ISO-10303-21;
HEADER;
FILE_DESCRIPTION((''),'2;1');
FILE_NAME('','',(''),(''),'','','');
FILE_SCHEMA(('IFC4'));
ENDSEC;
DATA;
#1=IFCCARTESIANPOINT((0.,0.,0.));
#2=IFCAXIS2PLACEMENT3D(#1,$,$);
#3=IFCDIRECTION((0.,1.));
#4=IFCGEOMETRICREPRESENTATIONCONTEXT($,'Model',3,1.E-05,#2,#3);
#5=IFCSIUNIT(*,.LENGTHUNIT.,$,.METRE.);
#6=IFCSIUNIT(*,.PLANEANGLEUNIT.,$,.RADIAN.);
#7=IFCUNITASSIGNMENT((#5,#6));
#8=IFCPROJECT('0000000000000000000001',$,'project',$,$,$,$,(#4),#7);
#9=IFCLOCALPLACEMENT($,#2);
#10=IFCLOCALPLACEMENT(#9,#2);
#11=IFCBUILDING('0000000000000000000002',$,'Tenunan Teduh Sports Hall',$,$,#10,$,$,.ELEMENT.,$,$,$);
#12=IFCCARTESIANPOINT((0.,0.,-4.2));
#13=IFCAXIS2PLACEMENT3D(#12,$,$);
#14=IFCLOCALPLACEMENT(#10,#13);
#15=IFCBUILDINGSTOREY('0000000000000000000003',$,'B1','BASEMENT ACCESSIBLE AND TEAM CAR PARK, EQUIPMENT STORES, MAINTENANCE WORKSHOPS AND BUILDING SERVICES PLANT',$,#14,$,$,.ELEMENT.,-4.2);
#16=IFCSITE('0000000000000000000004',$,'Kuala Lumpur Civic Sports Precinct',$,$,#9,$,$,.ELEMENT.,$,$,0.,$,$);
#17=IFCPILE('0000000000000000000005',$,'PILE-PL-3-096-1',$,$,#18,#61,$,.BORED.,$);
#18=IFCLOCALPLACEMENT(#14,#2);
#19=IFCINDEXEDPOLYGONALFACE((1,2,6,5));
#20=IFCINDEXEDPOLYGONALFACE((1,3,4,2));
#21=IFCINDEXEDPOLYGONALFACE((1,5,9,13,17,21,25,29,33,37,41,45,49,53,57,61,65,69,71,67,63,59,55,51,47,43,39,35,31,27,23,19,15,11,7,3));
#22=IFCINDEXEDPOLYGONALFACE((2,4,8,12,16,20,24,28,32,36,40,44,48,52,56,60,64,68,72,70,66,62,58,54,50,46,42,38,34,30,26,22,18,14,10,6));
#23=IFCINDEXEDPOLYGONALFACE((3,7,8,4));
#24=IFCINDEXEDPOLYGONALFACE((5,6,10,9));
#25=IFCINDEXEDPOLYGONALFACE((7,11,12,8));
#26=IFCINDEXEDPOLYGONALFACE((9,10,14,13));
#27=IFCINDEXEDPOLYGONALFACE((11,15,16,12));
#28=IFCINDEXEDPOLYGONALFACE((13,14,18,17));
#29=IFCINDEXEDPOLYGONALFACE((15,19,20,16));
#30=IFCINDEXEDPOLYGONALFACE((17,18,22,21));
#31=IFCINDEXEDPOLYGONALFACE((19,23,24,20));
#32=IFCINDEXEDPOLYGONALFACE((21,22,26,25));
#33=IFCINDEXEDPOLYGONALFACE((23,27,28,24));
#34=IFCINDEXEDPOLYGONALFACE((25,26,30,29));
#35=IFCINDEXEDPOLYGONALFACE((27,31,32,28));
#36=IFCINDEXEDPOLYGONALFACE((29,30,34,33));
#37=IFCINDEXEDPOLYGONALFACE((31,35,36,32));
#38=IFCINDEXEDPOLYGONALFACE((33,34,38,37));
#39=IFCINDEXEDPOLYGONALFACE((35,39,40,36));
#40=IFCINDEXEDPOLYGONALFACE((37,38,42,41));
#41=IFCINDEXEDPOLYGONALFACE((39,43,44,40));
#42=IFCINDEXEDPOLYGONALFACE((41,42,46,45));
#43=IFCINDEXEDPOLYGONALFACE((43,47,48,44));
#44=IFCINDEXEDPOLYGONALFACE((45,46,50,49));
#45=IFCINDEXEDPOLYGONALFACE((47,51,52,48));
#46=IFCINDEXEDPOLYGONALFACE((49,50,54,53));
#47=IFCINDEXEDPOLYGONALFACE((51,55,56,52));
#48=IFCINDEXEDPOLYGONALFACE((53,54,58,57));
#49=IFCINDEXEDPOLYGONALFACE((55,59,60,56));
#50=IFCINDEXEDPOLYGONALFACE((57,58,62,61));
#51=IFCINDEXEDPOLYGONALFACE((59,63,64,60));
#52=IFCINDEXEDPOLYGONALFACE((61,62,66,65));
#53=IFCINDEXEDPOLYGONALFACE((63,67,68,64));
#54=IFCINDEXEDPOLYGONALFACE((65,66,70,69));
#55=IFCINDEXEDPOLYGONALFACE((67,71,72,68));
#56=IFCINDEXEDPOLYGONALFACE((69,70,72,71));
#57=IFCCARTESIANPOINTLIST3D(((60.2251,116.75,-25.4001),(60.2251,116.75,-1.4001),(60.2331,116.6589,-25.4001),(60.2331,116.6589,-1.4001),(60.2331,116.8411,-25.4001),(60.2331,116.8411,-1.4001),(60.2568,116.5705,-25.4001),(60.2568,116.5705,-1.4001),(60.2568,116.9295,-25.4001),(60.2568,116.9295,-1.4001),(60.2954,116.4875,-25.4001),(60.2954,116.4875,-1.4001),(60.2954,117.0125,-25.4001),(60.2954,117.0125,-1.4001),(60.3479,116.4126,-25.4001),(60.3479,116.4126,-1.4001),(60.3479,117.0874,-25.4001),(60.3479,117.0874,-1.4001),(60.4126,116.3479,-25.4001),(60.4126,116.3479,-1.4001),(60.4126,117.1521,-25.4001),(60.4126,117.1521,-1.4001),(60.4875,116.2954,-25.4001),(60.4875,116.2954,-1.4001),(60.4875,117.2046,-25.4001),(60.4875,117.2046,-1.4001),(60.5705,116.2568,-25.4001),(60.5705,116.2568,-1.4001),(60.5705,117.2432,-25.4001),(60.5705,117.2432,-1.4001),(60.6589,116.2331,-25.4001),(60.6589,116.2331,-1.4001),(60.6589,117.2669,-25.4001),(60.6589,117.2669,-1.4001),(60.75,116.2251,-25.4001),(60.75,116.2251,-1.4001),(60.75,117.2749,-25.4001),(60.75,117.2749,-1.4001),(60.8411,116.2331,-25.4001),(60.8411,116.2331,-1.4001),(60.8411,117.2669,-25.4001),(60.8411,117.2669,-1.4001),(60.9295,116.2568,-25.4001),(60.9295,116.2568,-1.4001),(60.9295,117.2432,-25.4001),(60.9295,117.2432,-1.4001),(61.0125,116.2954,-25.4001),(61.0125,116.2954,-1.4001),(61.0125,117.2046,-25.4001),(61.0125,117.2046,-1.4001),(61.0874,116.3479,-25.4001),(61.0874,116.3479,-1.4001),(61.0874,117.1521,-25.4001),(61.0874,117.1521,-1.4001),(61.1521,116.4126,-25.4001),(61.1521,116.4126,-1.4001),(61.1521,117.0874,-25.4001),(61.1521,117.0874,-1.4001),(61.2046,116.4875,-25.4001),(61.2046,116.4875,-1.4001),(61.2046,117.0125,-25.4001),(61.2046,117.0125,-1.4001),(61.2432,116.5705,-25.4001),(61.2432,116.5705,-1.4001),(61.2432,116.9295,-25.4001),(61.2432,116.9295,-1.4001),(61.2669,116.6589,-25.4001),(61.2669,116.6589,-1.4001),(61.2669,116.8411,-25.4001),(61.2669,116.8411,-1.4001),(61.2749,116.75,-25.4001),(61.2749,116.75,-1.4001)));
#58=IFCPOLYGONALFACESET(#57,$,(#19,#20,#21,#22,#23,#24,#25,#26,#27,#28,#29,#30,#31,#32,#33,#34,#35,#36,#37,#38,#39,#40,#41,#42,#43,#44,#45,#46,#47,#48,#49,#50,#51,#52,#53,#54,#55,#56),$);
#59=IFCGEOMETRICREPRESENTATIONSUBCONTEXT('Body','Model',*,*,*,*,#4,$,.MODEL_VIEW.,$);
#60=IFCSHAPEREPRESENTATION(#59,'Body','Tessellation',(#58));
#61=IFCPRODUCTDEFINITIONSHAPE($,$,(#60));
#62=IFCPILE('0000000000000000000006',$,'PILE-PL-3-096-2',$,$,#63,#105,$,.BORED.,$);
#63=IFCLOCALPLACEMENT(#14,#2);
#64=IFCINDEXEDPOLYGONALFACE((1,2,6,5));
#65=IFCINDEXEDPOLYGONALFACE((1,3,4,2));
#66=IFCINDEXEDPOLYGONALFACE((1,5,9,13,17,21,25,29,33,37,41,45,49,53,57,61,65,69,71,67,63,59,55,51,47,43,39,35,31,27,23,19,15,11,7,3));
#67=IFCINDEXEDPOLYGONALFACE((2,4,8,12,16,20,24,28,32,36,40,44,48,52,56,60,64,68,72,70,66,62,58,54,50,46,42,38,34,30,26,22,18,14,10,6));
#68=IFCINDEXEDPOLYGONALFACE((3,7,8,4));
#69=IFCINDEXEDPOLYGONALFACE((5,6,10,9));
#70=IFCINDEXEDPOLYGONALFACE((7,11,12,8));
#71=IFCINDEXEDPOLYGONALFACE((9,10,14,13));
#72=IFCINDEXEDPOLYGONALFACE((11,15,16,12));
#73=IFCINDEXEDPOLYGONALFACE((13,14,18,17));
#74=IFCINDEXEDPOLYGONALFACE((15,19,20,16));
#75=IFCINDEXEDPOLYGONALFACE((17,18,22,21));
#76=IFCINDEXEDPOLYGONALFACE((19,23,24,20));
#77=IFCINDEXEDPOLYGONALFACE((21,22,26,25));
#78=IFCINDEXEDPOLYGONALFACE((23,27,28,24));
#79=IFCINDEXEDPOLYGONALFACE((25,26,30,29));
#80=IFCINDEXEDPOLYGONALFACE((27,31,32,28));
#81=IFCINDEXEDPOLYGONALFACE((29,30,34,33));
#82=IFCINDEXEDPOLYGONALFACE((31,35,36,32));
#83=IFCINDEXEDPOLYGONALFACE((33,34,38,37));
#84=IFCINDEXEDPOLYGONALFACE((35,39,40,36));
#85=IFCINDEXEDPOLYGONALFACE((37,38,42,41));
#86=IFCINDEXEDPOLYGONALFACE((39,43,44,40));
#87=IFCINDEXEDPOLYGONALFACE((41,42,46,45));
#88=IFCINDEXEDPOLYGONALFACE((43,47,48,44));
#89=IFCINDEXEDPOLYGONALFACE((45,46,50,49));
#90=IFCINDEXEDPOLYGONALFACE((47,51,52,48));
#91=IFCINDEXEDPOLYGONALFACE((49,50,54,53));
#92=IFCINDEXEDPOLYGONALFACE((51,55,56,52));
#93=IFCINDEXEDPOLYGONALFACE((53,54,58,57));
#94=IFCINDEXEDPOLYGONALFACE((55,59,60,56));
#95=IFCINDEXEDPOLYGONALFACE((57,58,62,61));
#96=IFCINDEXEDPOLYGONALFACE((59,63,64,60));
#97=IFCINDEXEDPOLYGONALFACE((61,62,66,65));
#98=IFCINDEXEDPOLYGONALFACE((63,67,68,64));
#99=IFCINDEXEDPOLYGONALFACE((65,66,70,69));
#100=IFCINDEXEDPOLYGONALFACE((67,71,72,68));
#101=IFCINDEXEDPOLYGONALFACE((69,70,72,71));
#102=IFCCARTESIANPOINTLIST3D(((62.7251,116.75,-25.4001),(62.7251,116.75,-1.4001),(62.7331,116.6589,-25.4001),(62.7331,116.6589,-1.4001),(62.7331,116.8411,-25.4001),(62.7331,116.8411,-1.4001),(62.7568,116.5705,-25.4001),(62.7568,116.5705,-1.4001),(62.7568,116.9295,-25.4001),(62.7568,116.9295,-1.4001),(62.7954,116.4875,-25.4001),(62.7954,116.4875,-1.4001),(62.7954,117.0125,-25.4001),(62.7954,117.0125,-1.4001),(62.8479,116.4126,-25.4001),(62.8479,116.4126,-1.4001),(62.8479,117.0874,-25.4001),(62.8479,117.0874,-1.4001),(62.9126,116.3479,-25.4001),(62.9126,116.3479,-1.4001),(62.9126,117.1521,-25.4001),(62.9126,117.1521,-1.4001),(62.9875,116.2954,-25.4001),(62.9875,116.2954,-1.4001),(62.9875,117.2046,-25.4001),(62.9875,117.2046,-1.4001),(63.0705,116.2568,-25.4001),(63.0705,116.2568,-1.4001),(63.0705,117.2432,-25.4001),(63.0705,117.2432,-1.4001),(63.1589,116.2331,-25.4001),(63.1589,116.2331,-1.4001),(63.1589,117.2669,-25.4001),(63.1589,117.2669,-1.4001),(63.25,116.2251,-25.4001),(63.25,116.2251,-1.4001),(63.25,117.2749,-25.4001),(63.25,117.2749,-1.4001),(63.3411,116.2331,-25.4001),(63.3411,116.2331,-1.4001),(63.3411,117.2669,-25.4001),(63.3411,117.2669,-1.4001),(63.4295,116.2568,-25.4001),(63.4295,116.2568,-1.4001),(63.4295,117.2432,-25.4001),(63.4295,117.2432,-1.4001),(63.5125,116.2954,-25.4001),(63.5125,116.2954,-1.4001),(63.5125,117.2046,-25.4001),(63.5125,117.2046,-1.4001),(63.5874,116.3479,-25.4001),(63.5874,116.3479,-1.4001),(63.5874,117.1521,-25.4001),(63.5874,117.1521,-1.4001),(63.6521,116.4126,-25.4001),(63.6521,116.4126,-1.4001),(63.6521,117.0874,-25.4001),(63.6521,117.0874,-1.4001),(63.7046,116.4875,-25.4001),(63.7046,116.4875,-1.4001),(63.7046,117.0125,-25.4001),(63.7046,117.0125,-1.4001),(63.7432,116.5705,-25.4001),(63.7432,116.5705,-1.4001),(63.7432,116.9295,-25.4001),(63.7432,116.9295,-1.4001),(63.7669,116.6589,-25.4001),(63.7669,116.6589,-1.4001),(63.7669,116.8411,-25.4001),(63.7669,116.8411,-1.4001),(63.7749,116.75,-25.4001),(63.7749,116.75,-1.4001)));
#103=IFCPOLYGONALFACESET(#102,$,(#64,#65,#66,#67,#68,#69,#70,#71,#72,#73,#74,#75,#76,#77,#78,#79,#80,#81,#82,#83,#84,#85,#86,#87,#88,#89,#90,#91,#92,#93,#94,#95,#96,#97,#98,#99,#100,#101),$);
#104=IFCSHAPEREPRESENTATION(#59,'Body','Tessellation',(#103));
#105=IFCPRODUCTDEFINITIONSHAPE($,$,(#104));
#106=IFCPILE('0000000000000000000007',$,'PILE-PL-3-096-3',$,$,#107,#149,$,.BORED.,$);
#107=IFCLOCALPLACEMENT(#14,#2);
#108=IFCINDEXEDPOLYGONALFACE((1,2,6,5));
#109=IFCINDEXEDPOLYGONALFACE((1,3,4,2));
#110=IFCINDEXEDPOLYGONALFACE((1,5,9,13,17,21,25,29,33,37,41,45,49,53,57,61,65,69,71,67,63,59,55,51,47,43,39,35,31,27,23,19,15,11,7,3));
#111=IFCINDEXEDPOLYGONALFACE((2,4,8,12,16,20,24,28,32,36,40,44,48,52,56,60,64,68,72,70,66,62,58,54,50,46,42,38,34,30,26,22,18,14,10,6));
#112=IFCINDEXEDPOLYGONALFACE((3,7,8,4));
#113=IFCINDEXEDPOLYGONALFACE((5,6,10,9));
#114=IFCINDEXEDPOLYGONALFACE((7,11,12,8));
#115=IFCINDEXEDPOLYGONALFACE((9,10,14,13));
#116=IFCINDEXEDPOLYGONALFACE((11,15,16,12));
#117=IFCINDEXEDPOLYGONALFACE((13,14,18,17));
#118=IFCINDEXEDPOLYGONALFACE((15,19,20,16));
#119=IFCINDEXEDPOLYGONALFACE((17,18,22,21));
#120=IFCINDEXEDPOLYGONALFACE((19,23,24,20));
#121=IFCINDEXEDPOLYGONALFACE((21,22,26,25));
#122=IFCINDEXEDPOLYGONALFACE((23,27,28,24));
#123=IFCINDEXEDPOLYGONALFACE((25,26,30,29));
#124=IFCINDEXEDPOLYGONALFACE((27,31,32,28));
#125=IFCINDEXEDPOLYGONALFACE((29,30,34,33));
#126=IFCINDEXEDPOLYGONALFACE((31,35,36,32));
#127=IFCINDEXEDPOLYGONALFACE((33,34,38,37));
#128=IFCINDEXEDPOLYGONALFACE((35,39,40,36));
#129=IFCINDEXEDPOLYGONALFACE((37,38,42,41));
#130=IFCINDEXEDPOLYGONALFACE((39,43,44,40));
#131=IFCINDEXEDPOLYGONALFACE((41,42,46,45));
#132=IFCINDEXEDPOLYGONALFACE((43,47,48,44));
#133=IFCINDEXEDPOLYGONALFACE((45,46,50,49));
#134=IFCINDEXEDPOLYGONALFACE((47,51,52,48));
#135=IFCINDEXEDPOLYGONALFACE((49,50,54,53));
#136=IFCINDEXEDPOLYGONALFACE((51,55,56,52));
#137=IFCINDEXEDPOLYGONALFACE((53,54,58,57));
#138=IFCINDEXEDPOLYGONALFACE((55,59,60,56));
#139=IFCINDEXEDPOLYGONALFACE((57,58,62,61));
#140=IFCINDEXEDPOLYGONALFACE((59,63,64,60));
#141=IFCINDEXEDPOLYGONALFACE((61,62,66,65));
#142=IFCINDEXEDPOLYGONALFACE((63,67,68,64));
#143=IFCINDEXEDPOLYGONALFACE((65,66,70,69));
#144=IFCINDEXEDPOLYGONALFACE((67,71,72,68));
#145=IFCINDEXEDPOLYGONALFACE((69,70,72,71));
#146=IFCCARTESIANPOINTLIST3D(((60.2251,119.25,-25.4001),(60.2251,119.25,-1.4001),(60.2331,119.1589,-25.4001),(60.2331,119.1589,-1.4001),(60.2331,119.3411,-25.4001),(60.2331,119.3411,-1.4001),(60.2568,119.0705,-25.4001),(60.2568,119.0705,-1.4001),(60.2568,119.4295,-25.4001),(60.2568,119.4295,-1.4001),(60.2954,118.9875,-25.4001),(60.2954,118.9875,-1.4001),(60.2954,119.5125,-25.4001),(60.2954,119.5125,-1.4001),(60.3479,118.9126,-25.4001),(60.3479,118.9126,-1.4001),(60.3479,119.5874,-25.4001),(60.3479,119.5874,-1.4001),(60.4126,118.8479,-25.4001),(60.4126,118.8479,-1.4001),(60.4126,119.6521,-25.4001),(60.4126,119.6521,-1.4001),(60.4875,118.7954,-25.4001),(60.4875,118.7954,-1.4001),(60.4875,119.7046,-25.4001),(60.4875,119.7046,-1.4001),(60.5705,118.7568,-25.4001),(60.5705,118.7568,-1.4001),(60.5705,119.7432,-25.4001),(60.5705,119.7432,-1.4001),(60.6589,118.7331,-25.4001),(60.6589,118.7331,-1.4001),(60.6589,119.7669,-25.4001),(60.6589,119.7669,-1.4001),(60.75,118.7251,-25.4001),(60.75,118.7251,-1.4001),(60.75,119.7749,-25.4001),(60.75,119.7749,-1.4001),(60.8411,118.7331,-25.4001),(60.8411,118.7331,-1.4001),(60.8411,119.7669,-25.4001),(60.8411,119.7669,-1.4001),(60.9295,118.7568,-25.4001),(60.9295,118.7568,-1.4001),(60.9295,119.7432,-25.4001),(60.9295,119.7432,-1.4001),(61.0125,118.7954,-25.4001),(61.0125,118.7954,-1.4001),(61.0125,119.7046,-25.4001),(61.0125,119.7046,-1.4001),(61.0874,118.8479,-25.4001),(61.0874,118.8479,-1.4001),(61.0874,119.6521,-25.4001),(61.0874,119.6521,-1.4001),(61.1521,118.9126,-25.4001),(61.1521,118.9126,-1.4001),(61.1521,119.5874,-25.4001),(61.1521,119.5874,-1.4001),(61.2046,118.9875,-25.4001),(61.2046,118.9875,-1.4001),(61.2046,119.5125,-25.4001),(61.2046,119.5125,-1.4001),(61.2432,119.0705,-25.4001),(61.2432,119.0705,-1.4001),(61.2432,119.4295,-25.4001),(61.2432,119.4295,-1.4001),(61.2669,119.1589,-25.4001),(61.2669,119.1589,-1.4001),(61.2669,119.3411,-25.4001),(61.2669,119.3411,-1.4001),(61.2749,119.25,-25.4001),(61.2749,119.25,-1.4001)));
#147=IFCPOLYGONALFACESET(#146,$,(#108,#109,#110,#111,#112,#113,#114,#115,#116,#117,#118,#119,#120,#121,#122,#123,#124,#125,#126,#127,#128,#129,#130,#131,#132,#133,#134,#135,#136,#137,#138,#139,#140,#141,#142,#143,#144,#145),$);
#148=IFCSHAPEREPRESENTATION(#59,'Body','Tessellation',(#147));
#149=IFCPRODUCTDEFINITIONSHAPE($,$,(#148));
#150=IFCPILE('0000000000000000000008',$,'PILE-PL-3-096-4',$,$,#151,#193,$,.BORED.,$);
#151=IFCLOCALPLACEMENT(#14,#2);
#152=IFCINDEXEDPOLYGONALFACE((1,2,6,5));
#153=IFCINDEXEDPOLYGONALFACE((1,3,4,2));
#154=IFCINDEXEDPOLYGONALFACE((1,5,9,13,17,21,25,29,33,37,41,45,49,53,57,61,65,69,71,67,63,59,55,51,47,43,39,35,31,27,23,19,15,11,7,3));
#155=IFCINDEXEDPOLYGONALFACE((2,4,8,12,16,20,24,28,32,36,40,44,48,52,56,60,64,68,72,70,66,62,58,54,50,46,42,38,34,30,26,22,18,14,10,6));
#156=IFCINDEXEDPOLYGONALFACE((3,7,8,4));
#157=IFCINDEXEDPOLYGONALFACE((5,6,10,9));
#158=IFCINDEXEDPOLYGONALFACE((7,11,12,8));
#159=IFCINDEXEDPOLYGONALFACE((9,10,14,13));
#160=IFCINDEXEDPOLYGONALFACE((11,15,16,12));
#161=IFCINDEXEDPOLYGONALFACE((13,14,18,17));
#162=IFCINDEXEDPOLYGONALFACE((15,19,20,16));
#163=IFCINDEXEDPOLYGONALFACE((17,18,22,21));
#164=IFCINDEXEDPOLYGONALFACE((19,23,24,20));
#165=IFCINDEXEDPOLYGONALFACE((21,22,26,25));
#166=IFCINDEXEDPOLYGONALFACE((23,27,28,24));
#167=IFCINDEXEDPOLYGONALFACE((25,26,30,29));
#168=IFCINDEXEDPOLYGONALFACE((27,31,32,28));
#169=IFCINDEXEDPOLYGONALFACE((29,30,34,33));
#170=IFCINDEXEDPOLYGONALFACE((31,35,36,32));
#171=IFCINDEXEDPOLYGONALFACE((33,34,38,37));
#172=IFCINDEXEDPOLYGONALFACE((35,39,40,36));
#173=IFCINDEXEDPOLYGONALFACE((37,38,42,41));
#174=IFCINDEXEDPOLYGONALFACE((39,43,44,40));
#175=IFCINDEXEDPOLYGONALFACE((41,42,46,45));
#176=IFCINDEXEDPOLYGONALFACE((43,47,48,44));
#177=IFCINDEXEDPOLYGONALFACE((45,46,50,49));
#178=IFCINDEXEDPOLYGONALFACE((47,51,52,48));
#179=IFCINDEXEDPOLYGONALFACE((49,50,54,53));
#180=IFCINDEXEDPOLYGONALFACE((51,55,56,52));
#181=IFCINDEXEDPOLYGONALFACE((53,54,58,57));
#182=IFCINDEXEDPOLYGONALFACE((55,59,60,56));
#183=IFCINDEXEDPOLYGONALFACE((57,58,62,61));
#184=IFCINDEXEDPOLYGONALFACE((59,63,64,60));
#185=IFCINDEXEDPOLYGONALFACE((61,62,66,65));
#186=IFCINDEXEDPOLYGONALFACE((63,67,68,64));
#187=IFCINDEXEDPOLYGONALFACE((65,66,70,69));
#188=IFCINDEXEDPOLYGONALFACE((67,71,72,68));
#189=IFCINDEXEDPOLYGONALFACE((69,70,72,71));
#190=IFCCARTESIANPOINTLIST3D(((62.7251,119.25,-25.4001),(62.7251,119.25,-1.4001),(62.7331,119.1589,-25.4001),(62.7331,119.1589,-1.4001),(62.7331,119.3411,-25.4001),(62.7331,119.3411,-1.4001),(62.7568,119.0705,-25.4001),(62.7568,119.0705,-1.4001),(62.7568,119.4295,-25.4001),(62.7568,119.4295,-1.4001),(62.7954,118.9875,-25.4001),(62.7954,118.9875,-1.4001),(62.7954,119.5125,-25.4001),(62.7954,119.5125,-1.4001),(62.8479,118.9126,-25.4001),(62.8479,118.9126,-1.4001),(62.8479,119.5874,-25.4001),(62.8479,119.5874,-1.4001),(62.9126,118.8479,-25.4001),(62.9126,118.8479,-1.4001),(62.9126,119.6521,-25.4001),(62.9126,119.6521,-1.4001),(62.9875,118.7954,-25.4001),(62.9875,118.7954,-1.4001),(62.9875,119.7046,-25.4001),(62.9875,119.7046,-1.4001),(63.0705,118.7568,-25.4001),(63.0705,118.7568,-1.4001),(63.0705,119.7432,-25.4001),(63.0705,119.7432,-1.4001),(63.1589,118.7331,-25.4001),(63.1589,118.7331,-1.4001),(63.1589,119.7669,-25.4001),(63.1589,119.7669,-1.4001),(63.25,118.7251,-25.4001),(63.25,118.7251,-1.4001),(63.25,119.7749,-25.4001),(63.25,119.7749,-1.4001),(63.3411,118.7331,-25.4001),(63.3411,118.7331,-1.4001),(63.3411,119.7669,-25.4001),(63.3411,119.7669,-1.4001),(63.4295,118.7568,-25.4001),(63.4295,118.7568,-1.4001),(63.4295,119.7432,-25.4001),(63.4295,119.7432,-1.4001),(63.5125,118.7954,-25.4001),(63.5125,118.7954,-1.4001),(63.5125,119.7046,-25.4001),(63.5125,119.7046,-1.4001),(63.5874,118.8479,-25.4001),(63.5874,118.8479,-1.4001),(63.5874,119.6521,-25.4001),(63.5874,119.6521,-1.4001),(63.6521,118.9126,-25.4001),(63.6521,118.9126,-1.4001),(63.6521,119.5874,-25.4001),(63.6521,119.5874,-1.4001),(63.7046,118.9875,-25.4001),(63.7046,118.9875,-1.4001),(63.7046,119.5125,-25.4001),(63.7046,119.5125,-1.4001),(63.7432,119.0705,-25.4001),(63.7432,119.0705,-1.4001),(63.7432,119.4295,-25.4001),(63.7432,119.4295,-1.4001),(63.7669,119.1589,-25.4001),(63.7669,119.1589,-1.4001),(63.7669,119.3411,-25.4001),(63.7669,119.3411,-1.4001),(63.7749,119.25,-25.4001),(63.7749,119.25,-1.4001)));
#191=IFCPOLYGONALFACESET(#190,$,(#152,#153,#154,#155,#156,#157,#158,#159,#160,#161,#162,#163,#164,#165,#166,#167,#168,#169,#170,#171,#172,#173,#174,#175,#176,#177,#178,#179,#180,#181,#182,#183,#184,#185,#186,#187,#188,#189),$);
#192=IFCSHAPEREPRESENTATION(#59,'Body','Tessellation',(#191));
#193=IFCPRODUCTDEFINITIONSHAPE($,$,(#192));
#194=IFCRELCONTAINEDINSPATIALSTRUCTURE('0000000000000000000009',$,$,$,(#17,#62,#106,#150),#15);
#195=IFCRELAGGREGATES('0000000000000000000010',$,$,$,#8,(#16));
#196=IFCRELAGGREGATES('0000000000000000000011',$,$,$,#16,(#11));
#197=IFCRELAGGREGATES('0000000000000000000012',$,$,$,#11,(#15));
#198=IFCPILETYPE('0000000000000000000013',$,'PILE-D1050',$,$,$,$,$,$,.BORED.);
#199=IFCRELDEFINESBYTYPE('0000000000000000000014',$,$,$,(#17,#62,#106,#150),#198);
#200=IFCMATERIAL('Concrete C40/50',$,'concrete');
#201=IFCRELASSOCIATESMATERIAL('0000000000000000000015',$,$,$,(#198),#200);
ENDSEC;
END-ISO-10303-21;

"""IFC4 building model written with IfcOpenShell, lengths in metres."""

from ifc_helpers import new_model, si_unit, direction, frame, origin, origin_2d, place, context, subcontext, project, spatial, circle, extrude, material, material_profile, profile_set, type_object, element, save


model = new_model("IFC4")

# Units and contexts
model_context = context("Model", 3, precision=1e-05, world=origin(), true_north=direction((0.0, 1.0)))
body_context = subcontext(model_context, "Body", "Model", "MODEL_VIEW")
ifc_project = project(units=[si_unit("LENGTHUNIT", "METRE"), si_unit("PLANEANGLEUNIT", "RADIAN")], contexts=[model_context])

# Site, building, storey
site_placement = place(None, origin())
site = spatial("IfcSite", under=ifc_project, at=site_placement, Name="Kuala Lumpur Civic Sports Precinct", CompositionType="ELEMENT", RefElevation=0.0)
building_placement = place(site_placement, origin())
building = spatial("IfcBuilding", under=site, at=building_placement, Name="Tenunan Teduh Sports Hall", CompositionType="ELEMENT")
storey_placement = place(building_placement, frame((0.0, 0.0, -4.2)))
storey = spatial("IfcBuildingStorey", under=building, at=storey_placement, Name="B1", Description="BASEMENT ACCESSIBLE AND TEAM CAR PARK, EQUIPMENT STORES, MAINTENANCE WORKSHOPS AND BUILDING SERVICES PLANT", CompositionType="ELEMENT", Elevation=-4.2)

# Piles
ifc_material_1 = material(Name="Concrete C40/50", Category="concrete")
ifc_material_profile_1 = material_profile(ifc_material_1, circle(Radius=0.5249, at=origin_2d()), Name="PILE D1050")
ifc_profile_set_1 = profile_set([ifc_material_profile_1], Name="Concrete C40/50")
pile_type_1 = type_object("IfcPileType", Name="PILE-D1050", PredefinedType="BORED", material=ifc_profile_set_1)
for number, where, z_axis, x_axis, name in (
    (1, (60.75, 116.75, -1.4001), (0.0, 0.0, -1.0), (1.0, 0.0, 0.0), "PILE-PL-3-096-1"),
    (2, (63.25, 116.75, -1.4001), (0.0, 0.0, -1.0), (1.0, 0.0, 0.0), "PILE-PL-3-096-2"),
    (3, (60.75, 119.25, -1.4001), (0.0, 0.0, -1.0), (1.0, 0.0, 0.0), "PILE-PL-3-096-3"),
    (4, (63.25, 119.25, -1.4001), (0.0, 0.0, -1.0), (1.0, 0.0, 0.0), "PILE-PL-3-096-4"),
):
    element("IfcPile", number, at=place(storey_placement, frame(where, z_axis=z_axis, x_axis=x_axis)), inside=storey, type_object=pile_type_1, Name=name, PredefinedType="BORED", context=body_context, shape_type="SweptSolid", body=[
        extrude(circle(Radius=0.5249, at=origin_2d()), origin(), (0.0, 0.0, 1.0), 24.0),
    ])

save(model, "model.ifc")
